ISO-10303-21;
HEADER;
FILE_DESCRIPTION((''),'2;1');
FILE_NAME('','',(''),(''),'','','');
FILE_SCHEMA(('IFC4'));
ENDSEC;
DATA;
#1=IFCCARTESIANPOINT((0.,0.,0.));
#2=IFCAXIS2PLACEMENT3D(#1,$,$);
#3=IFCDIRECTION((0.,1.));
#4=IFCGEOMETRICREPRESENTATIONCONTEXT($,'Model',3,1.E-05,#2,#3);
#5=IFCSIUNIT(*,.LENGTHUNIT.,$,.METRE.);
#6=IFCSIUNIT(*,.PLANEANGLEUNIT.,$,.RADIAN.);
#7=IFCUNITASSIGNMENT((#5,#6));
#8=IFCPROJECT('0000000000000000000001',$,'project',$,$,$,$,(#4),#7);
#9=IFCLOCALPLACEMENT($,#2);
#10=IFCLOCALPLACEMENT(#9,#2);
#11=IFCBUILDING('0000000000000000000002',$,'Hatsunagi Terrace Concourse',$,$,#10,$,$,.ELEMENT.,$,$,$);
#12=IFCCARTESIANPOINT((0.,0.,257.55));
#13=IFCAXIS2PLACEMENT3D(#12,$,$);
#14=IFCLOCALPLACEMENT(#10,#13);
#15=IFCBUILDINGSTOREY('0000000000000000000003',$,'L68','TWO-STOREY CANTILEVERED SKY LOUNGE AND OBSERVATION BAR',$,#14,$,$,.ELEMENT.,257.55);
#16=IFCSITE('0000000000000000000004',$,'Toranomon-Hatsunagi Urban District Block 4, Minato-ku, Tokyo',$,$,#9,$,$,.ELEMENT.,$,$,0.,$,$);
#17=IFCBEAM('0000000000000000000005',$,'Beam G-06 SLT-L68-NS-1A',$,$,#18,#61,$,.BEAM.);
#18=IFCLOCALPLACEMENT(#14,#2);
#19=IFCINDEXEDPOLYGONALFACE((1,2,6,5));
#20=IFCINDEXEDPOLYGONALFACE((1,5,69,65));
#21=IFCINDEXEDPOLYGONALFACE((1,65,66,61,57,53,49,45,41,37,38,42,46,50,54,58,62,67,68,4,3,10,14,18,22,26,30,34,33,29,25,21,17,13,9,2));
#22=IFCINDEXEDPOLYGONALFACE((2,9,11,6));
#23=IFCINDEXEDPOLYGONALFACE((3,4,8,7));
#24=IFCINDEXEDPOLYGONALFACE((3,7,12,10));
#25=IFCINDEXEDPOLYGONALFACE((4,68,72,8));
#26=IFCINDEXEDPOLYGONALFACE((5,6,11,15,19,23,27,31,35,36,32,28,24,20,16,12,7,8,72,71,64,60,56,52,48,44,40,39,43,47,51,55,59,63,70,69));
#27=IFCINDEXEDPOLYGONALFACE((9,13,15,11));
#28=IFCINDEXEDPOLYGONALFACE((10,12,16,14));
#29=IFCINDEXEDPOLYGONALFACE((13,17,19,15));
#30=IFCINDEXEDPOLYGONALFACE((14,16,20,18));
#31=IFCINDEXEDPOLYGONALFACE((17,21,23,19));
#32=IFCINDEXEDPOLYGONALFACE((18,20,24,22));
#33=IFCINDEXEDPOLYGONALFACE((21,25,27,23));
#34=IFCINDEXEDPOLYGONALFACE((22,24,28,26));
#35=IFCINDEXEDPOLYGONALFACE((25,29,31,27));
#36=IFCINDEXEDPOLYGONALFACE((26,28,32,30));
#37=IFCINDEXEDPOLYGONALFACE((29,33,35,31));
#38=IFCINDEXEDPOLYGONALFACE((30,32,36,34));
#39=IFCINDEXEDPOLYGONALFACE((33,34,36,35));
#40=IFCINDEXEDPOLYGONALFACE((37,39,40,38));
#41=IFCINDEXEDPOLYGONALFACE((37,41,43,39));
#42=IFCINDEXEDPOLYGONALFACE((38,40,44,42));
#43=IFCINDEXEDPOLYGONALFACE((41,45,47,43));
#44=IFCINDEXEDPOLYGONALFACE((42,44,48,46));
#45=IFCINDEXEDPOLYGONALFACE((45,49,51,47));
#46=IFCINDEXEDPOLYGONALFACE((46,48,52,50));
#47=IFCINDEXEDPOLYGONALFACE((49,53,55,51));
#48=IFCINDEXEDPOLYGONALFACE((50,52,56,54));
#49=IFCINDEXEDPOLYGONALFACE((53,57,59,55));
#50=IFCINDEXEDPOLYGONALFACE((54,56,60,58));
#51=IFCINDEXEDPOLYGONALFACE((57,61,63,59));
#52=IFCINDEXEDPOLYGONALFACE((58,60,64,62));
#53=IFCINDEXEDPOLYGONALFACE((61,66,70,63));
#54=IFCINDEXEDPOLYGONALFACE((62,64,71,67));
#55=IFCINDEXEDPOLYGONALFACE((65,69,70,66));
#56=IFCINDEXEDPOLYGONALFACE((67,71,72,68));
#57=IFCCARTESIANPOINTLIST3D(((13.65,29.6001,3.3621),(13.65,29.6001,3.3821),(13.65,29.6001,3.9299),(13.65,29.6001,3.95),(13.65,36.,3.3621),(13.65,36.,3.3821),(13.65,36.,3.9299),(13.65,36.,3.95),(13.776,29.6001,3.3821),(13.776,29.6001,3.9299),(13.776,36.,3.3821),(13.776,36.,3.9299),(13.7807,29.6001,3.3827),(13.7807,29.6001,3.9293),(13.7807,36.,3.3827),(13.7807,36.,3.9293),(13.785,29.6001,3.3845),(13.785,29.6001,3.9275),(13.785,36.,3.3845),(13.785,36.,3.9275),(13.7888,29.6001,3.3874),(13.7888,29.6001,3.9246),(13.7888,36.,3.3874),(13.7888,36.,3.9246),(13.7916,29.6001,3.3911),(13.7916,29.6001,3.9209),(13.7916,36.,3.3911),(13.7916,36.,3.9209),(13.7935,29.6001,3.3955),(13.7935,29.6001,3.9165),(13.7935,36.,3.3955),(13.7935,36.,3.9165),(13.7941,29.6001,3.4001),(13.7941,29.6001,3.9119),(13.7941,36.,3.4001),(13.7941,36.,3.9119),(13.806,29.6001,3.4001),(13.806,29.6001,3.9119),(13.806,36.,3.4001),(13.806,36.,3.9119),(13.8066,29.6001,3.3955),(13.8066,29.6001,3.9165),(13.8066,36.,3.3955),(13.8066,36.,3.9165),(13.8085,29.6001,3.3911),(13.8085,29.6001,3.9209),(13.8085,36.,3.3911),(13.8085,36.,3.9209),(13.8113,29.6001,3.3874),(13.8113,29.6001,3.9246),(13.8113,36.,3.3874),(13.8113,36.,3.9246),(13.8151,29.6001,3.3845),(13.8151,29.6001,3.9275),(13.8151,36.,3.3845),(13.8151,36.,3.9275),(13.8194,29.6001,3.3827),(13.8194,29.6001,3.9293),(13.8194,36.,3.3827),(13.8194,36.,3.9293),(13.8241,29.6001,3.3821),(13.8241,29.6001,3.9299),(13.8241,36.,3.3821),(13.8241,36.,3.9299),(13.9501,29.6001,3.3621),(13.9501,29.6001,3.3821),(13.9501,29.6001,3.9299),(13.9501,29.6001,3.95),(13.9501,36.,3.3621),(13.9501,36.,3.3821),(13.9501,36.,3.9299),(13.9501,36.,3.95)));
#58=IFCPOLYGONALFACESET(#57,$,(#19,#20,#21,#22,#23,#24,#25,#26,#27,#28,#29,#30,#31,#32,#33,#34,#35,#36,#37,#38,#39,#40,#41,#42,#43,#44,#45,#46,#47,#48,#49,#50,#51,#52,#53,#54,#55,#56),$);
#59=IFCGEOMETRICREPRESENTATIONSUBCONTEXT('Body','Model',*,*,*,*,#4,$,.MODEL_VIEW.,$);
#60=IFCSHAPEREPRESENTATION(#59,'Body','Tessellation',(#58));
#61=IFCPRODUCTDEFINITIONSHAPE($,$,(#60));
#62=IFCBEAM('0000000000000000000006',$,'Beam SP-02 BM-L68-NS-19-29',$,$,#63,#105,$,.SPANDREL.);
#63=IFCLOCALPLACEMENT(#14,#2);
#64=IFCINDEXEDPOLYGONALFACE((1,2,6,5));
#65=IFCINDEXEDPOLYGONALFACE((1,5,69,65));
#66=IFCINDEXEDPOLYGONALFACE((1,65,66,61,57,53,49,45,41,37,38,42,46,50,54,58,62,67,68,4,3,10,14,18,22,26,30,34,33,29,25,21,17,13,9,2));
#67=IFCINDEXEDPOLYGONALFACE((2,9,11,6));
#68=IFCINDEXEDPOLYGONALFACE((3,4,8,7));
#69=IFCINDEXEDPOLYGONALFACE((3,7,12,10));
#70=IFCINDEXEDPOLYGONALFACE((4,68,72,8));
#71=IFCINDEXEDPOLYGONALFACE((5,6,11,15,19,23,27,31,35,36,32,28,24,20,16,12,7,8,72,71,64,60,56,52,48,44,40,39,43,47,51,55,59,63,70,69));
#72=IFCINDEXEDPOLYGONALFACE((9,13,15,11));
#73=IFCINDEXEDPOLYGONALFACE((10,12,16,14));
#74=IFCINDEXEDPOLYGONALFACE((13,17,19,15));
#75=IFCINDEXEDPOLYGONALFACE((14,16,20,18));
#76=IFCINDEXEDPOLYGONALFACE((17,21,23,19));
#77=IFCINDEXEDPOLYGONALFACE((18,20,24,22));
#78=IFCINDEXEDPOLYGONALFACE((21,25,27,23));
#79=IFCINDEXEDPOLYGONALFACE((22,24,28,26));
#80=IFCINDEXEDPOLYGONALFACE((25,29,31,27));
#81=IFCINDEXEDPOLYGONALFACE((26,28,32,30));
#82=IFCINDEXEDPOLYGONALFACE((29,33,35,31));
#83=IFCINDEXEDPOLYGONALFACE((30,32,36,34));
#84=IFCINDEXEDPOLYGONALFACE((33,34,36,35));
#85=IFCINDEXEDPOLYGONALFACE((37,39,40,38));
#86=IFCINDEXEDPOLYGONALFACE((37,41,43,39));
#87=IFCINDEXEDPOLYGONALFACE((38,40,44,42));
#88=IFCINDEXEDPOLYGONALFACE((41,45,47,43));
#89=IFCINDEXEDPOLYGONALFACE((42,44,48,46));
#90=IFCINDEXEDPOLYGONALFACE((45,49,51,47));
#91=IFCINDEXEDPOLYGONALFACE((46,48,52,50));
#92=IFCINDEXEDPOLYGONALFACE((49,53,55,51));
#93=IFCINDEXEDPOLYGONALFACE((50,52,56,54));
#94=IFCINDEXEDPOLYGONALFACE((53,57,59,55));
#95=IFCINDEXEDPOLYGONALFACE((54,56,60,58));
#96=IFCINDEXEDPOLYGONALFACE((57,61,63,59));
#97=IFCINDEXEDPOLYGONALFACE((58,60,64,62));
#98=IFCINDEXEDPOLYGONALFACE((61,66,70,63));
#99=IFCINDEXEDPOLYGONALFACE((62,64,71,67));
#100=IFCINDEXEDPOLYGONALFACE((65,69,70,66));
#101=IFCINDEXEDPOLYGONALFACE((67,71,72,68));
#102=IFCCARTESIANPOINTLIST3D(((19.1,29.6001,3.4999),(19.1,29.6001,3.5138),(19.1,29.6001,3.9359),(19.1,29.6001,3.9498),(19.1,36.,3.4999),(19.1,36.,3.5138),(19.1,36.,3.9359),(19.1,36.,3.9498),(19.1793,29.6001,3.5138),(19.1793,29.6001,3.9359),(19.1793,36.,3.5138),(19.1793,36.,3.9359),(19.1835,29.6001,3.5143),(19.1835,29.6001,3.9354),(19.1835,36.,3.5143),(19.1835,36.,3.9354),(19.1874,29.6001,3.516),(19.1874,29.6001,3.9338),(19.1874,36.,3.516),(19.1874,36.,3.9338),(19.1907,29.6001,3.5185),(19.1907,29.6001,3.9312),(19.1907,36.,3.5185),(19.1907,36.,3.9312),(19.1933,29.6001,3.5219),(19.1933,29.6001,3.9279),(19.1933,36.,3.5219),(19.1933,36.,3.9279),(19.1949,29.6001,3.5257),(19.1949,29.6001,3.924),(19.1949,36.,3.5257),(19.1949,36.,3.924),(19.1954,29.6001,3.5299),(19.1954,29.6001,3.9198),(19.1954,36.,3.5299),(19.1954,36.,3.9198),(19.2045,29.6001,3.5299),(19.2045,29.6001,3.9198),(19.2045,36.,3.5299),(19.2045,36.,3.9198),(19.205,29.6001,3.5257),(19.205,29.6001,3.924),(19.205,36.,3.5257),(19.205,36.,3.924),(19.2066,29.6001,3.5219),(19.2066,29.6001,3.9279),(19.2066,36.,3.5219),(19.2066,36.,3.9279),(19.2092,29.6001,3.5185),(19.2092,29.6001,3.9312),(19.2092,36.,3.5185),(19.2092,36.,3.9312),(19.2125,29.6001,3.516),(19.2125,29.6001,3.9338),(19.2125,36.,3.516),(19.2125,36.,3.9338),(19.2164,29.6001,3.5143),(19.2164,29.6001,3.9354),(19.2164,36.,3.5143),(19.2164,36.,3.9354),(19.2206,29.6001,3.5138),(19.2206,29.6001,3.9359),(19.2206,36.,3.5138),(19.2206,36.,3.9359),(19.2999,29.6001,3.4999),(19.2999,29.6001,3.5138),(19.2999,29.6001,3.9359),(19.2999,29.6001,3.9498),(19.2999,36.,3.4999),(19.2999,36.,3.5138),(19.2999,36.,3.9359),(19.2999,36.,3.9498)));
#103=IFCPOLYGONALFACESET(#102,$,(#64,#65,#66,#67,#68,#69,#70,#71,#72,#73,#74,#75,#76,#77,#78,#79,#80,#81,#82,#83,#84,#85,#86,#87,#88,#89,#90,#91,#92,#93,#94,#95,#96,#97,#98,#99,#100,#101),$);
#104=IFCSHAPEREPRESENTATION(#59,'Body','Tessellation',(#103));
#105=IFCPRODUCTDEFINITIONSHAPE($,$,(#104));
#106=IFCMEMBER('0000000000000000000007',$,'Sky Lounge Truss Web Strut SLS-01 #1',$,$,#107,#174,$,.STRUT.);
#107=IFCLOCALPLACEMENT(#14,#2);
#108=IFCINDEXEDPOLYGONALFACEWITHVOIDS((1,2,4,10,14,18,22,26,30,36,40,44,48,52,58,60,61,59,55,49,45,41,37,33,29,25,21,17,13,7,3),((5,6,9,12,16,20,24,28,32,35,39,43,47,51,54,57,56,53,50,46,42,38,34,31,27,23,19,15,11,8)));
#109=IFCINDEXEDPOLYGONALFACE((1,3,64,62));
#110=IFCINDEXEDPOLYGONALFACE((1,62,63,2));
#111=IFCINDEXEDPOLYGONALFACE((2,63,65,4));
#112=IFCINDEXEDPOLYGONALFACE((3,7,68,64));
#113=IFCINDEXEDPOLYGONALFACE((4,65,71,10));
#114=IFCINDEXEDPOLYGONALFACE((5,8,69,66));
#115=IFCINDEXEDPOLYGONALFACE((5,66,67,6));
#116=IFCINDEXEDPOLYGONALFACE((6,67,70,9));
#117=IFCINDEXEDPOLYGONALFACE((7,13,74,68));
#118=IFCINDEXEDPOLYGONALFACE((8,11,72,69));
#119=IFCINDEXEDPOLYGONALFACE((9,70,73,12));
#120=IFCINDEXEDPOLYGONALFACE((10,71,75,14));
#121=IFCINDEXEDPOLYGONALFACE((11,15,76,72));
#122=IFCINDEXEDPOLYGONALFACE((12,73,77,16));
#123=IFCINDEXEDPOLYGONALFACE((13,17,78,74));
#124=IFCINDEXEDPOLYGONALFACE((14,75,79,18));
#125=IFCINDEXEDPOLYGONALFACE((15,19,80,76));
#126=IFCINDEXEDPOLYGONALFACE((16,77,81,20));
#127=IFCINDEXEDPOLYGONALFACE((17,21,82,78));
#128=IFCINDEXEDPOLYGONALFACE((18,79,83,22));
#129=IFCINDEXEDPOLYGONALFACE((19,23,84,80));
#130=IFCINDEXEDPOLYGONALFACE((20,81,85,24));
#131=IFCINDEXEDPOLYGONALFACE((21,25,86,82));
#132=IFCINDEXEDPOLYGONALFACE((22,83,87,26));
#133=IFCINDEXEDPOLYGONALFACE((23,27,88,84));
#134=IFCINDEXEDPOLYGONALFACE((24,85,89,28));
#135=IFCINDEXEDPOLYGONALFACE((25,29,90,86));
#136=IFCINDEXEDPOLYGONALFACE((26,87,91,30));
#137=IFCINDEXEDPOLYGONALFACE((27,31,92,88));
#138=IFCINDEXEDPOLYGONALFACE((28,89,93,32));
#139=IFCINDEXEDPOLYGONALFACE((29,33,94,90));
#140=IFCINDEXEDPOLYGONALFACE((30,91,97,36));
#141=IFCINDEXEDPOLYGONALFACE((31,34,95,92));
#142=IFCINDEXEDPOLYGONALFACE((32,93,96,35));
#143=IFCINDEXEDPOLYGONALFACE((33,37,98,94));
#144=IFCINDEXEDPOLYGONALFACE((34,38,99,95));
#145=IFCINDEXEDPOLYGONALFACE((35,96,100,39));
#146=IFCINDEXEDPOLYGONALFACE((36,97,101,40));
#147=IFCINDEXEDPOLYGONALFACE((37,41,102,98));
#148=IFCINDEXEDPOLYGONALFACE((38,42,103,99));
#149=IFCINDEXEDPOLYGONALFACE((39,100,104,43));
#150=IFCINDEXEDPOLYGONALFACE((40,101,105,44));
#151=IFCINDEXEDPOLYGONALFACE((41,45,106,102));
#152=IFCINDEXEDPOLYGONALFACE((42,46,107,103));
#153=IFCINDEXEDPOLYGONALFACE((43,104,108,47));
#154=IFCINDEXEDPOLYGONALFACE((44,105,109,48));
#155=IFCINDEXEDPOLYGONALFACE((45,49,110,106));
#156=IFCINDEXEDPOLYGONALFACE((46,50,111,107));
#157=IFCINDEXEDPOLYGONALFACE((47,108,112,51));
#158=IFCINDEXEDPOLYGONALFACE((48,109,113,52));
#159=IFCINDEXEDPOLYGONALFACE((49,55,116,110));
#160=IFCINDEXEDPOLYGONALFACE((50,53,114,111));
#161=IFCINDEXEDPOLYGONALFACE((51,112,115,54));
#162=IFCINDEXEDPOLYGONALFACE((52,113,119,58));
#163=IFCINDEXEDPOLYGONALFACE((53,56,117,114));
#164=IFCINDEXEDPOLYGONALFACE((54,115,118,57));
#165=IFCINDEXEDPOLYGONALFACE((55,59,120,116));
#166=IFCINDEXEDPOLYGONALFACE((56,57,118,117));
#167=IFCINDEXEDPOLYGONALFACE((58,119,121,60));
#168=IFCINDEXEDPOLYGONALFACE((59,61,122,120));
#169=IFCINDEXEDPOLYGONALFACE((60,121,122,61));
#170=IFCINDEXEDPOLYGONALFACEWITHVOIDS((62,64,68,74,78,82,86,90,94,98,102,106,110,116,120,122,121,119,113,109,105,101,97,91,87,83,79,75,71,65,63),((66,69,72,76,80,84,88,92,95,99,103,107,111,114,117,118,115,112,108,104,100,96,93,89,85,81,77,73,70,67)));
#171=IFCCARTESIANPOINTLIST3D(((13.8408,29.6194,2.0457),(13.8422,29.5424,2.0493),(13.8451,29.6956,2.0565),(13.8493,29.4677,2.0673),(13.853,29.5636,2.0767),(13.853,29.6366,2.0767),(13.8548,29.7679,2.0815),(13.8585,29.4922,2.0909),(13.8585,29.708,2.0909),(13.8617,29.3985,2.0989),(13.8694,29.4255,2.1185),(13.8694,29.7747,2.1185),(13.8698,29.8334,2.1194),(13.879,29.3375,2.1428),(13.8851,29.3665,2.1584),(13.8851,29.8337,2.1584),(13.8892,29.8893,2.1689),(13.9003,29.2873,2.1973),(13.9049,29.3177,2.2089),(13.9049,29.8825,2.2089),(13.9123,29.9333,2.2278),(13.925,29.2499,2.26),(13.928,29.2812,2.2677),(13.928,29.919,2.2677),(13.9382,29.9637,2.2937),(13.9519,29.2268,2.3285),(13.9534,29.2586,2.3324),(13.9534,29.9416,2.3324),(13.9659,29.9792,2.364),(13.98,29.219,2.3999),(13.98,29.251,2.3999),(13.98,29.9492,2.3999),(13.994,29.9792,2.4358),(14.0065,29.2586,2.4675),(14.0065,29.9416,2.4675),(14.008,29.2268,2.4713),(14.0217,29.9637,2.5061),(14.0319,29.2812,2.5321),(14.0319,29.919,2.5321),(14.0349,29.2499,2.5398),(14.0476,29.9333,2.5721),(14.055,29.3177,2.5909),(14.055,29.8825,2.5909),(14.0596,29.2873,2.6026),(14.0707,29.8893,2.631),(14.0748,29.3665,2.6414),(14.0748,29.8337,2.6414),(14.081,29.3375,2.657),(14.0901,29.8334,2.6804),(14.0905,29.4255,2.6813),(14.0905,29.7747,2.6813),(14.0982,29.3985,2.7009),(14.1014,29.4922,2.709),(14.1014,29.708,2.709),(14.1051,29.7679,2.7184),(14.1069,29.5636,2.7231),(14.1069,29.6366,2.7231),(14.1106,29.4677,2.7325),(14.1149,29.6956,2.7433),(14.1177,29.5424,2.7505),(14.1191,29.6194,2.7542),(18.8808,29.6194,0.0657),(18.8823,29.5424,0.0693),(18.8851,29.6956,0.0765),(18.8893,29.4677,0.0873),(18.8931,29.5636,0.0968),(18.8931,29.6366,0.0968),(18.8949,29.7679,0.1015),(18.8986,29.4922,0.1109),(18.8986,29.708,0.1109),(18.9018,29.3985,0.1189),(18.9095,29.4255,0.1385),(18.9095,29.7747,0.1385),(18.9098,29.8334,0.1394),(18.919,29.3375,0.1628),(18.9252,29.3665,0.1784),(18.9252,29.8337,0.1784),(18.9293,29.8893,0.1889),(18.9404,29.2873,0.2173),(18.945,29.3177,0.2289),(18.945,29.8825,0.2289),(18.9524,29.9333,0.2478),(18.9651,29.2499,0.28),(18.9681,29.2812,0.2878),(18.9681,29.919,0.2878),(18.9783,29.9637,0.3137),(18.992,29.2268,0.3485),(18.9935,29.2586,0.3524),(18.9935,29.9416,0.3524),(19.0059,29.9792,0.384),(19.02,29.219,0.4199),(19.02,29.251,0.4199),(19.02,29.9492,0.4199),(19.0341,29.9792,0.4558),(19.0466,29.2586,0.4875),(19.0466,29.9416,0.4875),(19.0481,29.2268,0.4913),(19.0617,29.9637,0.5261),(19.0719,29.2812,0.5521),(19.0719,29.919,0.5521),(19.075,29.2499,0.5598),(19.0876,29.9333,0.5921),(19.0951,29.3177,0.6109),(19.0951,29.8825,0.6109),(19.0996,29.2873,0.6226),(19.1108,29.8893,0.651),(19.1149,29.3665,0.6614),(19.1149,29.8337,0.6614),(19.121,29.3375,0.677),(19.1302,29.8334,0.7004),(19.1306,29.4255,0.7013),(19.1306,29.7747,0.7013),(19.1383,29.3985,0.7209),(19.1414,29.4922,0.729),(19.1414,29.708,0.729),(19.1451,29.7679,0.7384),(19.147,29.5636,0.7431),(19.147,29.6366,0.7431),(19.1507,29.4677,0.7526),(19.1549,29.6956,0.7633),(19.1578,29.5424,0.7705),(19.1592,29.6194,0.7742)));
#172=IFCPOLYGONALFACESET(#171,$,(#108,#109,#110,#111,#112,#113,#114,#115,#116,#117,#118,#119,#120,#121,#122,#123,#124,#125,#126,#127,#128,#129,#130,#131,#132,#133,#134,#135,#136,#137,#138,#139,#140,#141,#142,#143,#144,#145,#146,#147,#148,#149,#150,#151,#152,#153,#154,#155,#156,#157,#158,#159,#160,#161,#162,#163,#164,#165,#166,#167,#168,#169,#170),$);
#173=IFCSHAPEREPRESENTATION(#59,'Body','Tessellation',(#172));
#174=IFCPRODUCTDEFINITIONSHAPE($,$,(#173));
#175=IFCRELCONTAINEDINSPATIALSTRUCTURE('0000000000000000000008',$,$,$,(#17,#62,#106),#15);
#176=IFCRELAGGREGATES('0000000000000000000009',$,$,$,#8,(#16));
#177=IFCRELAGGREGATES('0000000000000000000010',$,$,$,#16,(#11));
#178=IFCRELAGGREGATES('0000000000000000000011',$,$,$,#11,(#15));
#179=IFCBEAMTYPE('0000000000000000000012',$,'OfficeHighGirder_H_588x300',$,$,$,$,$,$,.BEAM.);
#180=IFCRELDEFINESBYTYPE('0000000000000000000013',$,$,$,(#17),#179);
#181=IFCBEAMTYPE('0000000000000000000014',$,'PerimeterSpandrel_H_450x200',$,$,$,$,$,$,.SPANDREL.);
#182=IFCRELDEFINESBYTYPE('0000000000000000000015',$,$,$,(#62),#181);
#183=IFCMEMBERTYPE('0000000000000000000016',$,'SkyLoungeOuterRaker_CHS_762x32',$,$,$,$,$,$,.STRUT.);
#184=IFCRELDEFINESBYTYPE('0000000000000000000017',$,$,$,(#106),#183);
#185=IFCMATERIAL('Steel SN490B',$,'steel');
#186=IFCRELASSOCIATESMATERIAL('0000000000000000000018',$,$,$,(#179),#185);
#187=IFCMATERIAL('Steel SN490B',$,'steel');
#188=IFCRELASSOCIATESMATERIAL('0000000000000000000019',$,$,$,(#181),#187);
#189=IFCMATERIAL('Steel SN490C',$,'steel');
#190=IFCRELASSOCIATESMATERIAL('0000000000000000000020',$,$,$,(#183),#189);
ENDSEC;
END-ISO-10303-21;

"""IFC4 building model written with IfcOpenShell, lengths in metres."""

from ifc_helpers import new_model, si_unit, direction, frame, origin, origin_2d, place, context, subcontext, project, spatial, hollow_circle, i_section, extrude, material, material_profile, profile_set, type_object, element, save


model = new_model("IFC4")

# Units and contexts
model_context = context("Model", 3, precision=1e-05, world=origin(), true_north=direction((0.0, 1.0)))
body_context = subcontext(model_context, "Body", "Model", "MODEL_VIEW")
ifc_project = project(units=[si_unit("LENGTHUNIT", "METRE"), si_unit("PLANEANGLEUNIT", "RADIAN")], contexts=[model_context])

# Site, building, storey
site_placement = place(None, origin())
site = spatial("IfcSite", under=ifc_project, at=site_placement, Name="Toranomon-Hatsunagi Urban District Block 4, Minato-ku, Tokyo", CompositionType="ELEMENT", RefElevation=0.0)
building_placement = place(site_placement, origin())
building = spatial("IfcBuilding", under=site, at=building_placement, Name="Hatsunagi Terrace Concourse", CompositionType="ELEMENT")
storey_placement = place(building_placement, frame((0.0, 0.0, 257.55)))
storey = spatial("IfcBuildingStorey", under=building, at=storey_placement, Name="L68", Description="TWO-STOREY CANTILEVERED SKY LOUNGE AND OBSERVATION BAR", CompositionType="ELEMENT", Elevation=257.55)

# Beams
ifc_material_1 = material(Name="Steel SN490B", Category="steel")
ifc_material_profile_1 = material_profile(ifc_material_1, i_section(OverallWidth=0.3, OverallDepth=0.5879, WebThickness=0.012, FlangeThickness=0.02, FilletRadius=0.0181, at=origin_2d()), Name="H-588x300x12x20")
ifc_profile_set_1 = profile_set([ifc_material_profile_1], Name="Steel SN490B")
beam_type_1 = type_object("IfcBeamType", Name="OfficeHighGirder_H_588x300", PredefinedType="BEAM", material=ifc_profile_set_1)
beam_1_placement = place(storey_placement, frame((13.8, 29.6001, 3.656), z_axis=(0.0, 1.0, 0.0), x_axis=(-1.0, 0.0, 0.0)))
element("IfcBeam", 1, at=beam_1_placement, inside=storey, type_object=beam_type_1, Name="Beam G-06 SLT-L68-NS-1A", PredefinedType="BEAM", context=body_context, shape_type="SweptSolid", body=[
    extrude(i_section(OverallWidth=0.3, OverallDepth=0.5879, WebThickness=0.012, FlangeThickness=0.02, FilletRadius=0.0181, at=origin_2d()), origin(), (0.0, 0.0, 1.0), 6.3999),
])
ifc_material_2 = material(Name="Steel SN490B", Category="steel")
ifc_material_profile_2 = material_profile(ifc_material_2, i_section(OverallWidth=0.2, OverallDepth=0.45, WebThickness=0.009, FlangeThickness=0.0139, FilletRadius=0.0161, at=origin_2d()), Name="H-450x200x9x14")
ifc_profile_set_2 = profile_set([ifc_material_profile_2], Name="Steel SN490B")
beam_type_2 = type_object("IfcBeamType", Name="PerimeterSpandrel_H_450x200", PredefinedType="SPANDREL", material=ifc_profile_set_2)
beam_2_placement = place(storey_placement, frame((19.2, 29.6001, 3.7249), z_axis=(0.0, 1.0, 0.0), x_axis=(-1.0, 0.0, 0.0)))
element("IfcBeam", 2, at=beam_2_placement, inside=storey, type_object=beam_type_2, Name="Beam SP-02 BM-L68-NS-19-29", PredefinedType="SPANDREL", context=body_context, shape_type="SweptSolid", body=[
    extrude(i_section(OverallWidth=0.2, OverallDepth=0.45, WebThickness=0.009, FlangeThickness=0.0139, FilletRadius=0.0161, at=origin_2d()), origin(), (0.0, 0.0, 1.0), 6.3999),
])

# Member
ifc_material_3 = material(Name="Steel SN490C", Category="steel")
ifc_material_profile_3 = material_profile(ifc_material_3, hollow_circle(Radius=0.3811, WallThickness=0.032, at=origin_2d()), Name="CHS-762x32")
ifc_profile_set_3 = profile_set([ifc_material_profile_3], Name="Steel SN490C")
member_type_1 = type_object("IfcMemberType", Name="SkyLoungeOuterRaker_CHS_762x32", PredefinedType="STRUT", material=ifc_profile_set_3)
member_1_placement = place(storey_placement, frame((19.02, 29.6001, 0.4199), z_axis=(-0.930754, 0.0, 0.365647), x_axis=(0.0, -1.0, 0.0)))
element("IfcMember", 3, at=member_1_placement, inside=storey, type_object=member_type_1, Name="Sky Lounge Truss Web Strut SLS-01 #1", PredefinedType="STRUT", context=body_context, shape_type="SweptSolid", body=[
    extrude(hollow_circle(Radius=0.3811, WallThickness=0.032, at=origin_2d()), origin(), (0.0, 0.0, 1.0), 5.415),
])

save(model, "model.ifc")
